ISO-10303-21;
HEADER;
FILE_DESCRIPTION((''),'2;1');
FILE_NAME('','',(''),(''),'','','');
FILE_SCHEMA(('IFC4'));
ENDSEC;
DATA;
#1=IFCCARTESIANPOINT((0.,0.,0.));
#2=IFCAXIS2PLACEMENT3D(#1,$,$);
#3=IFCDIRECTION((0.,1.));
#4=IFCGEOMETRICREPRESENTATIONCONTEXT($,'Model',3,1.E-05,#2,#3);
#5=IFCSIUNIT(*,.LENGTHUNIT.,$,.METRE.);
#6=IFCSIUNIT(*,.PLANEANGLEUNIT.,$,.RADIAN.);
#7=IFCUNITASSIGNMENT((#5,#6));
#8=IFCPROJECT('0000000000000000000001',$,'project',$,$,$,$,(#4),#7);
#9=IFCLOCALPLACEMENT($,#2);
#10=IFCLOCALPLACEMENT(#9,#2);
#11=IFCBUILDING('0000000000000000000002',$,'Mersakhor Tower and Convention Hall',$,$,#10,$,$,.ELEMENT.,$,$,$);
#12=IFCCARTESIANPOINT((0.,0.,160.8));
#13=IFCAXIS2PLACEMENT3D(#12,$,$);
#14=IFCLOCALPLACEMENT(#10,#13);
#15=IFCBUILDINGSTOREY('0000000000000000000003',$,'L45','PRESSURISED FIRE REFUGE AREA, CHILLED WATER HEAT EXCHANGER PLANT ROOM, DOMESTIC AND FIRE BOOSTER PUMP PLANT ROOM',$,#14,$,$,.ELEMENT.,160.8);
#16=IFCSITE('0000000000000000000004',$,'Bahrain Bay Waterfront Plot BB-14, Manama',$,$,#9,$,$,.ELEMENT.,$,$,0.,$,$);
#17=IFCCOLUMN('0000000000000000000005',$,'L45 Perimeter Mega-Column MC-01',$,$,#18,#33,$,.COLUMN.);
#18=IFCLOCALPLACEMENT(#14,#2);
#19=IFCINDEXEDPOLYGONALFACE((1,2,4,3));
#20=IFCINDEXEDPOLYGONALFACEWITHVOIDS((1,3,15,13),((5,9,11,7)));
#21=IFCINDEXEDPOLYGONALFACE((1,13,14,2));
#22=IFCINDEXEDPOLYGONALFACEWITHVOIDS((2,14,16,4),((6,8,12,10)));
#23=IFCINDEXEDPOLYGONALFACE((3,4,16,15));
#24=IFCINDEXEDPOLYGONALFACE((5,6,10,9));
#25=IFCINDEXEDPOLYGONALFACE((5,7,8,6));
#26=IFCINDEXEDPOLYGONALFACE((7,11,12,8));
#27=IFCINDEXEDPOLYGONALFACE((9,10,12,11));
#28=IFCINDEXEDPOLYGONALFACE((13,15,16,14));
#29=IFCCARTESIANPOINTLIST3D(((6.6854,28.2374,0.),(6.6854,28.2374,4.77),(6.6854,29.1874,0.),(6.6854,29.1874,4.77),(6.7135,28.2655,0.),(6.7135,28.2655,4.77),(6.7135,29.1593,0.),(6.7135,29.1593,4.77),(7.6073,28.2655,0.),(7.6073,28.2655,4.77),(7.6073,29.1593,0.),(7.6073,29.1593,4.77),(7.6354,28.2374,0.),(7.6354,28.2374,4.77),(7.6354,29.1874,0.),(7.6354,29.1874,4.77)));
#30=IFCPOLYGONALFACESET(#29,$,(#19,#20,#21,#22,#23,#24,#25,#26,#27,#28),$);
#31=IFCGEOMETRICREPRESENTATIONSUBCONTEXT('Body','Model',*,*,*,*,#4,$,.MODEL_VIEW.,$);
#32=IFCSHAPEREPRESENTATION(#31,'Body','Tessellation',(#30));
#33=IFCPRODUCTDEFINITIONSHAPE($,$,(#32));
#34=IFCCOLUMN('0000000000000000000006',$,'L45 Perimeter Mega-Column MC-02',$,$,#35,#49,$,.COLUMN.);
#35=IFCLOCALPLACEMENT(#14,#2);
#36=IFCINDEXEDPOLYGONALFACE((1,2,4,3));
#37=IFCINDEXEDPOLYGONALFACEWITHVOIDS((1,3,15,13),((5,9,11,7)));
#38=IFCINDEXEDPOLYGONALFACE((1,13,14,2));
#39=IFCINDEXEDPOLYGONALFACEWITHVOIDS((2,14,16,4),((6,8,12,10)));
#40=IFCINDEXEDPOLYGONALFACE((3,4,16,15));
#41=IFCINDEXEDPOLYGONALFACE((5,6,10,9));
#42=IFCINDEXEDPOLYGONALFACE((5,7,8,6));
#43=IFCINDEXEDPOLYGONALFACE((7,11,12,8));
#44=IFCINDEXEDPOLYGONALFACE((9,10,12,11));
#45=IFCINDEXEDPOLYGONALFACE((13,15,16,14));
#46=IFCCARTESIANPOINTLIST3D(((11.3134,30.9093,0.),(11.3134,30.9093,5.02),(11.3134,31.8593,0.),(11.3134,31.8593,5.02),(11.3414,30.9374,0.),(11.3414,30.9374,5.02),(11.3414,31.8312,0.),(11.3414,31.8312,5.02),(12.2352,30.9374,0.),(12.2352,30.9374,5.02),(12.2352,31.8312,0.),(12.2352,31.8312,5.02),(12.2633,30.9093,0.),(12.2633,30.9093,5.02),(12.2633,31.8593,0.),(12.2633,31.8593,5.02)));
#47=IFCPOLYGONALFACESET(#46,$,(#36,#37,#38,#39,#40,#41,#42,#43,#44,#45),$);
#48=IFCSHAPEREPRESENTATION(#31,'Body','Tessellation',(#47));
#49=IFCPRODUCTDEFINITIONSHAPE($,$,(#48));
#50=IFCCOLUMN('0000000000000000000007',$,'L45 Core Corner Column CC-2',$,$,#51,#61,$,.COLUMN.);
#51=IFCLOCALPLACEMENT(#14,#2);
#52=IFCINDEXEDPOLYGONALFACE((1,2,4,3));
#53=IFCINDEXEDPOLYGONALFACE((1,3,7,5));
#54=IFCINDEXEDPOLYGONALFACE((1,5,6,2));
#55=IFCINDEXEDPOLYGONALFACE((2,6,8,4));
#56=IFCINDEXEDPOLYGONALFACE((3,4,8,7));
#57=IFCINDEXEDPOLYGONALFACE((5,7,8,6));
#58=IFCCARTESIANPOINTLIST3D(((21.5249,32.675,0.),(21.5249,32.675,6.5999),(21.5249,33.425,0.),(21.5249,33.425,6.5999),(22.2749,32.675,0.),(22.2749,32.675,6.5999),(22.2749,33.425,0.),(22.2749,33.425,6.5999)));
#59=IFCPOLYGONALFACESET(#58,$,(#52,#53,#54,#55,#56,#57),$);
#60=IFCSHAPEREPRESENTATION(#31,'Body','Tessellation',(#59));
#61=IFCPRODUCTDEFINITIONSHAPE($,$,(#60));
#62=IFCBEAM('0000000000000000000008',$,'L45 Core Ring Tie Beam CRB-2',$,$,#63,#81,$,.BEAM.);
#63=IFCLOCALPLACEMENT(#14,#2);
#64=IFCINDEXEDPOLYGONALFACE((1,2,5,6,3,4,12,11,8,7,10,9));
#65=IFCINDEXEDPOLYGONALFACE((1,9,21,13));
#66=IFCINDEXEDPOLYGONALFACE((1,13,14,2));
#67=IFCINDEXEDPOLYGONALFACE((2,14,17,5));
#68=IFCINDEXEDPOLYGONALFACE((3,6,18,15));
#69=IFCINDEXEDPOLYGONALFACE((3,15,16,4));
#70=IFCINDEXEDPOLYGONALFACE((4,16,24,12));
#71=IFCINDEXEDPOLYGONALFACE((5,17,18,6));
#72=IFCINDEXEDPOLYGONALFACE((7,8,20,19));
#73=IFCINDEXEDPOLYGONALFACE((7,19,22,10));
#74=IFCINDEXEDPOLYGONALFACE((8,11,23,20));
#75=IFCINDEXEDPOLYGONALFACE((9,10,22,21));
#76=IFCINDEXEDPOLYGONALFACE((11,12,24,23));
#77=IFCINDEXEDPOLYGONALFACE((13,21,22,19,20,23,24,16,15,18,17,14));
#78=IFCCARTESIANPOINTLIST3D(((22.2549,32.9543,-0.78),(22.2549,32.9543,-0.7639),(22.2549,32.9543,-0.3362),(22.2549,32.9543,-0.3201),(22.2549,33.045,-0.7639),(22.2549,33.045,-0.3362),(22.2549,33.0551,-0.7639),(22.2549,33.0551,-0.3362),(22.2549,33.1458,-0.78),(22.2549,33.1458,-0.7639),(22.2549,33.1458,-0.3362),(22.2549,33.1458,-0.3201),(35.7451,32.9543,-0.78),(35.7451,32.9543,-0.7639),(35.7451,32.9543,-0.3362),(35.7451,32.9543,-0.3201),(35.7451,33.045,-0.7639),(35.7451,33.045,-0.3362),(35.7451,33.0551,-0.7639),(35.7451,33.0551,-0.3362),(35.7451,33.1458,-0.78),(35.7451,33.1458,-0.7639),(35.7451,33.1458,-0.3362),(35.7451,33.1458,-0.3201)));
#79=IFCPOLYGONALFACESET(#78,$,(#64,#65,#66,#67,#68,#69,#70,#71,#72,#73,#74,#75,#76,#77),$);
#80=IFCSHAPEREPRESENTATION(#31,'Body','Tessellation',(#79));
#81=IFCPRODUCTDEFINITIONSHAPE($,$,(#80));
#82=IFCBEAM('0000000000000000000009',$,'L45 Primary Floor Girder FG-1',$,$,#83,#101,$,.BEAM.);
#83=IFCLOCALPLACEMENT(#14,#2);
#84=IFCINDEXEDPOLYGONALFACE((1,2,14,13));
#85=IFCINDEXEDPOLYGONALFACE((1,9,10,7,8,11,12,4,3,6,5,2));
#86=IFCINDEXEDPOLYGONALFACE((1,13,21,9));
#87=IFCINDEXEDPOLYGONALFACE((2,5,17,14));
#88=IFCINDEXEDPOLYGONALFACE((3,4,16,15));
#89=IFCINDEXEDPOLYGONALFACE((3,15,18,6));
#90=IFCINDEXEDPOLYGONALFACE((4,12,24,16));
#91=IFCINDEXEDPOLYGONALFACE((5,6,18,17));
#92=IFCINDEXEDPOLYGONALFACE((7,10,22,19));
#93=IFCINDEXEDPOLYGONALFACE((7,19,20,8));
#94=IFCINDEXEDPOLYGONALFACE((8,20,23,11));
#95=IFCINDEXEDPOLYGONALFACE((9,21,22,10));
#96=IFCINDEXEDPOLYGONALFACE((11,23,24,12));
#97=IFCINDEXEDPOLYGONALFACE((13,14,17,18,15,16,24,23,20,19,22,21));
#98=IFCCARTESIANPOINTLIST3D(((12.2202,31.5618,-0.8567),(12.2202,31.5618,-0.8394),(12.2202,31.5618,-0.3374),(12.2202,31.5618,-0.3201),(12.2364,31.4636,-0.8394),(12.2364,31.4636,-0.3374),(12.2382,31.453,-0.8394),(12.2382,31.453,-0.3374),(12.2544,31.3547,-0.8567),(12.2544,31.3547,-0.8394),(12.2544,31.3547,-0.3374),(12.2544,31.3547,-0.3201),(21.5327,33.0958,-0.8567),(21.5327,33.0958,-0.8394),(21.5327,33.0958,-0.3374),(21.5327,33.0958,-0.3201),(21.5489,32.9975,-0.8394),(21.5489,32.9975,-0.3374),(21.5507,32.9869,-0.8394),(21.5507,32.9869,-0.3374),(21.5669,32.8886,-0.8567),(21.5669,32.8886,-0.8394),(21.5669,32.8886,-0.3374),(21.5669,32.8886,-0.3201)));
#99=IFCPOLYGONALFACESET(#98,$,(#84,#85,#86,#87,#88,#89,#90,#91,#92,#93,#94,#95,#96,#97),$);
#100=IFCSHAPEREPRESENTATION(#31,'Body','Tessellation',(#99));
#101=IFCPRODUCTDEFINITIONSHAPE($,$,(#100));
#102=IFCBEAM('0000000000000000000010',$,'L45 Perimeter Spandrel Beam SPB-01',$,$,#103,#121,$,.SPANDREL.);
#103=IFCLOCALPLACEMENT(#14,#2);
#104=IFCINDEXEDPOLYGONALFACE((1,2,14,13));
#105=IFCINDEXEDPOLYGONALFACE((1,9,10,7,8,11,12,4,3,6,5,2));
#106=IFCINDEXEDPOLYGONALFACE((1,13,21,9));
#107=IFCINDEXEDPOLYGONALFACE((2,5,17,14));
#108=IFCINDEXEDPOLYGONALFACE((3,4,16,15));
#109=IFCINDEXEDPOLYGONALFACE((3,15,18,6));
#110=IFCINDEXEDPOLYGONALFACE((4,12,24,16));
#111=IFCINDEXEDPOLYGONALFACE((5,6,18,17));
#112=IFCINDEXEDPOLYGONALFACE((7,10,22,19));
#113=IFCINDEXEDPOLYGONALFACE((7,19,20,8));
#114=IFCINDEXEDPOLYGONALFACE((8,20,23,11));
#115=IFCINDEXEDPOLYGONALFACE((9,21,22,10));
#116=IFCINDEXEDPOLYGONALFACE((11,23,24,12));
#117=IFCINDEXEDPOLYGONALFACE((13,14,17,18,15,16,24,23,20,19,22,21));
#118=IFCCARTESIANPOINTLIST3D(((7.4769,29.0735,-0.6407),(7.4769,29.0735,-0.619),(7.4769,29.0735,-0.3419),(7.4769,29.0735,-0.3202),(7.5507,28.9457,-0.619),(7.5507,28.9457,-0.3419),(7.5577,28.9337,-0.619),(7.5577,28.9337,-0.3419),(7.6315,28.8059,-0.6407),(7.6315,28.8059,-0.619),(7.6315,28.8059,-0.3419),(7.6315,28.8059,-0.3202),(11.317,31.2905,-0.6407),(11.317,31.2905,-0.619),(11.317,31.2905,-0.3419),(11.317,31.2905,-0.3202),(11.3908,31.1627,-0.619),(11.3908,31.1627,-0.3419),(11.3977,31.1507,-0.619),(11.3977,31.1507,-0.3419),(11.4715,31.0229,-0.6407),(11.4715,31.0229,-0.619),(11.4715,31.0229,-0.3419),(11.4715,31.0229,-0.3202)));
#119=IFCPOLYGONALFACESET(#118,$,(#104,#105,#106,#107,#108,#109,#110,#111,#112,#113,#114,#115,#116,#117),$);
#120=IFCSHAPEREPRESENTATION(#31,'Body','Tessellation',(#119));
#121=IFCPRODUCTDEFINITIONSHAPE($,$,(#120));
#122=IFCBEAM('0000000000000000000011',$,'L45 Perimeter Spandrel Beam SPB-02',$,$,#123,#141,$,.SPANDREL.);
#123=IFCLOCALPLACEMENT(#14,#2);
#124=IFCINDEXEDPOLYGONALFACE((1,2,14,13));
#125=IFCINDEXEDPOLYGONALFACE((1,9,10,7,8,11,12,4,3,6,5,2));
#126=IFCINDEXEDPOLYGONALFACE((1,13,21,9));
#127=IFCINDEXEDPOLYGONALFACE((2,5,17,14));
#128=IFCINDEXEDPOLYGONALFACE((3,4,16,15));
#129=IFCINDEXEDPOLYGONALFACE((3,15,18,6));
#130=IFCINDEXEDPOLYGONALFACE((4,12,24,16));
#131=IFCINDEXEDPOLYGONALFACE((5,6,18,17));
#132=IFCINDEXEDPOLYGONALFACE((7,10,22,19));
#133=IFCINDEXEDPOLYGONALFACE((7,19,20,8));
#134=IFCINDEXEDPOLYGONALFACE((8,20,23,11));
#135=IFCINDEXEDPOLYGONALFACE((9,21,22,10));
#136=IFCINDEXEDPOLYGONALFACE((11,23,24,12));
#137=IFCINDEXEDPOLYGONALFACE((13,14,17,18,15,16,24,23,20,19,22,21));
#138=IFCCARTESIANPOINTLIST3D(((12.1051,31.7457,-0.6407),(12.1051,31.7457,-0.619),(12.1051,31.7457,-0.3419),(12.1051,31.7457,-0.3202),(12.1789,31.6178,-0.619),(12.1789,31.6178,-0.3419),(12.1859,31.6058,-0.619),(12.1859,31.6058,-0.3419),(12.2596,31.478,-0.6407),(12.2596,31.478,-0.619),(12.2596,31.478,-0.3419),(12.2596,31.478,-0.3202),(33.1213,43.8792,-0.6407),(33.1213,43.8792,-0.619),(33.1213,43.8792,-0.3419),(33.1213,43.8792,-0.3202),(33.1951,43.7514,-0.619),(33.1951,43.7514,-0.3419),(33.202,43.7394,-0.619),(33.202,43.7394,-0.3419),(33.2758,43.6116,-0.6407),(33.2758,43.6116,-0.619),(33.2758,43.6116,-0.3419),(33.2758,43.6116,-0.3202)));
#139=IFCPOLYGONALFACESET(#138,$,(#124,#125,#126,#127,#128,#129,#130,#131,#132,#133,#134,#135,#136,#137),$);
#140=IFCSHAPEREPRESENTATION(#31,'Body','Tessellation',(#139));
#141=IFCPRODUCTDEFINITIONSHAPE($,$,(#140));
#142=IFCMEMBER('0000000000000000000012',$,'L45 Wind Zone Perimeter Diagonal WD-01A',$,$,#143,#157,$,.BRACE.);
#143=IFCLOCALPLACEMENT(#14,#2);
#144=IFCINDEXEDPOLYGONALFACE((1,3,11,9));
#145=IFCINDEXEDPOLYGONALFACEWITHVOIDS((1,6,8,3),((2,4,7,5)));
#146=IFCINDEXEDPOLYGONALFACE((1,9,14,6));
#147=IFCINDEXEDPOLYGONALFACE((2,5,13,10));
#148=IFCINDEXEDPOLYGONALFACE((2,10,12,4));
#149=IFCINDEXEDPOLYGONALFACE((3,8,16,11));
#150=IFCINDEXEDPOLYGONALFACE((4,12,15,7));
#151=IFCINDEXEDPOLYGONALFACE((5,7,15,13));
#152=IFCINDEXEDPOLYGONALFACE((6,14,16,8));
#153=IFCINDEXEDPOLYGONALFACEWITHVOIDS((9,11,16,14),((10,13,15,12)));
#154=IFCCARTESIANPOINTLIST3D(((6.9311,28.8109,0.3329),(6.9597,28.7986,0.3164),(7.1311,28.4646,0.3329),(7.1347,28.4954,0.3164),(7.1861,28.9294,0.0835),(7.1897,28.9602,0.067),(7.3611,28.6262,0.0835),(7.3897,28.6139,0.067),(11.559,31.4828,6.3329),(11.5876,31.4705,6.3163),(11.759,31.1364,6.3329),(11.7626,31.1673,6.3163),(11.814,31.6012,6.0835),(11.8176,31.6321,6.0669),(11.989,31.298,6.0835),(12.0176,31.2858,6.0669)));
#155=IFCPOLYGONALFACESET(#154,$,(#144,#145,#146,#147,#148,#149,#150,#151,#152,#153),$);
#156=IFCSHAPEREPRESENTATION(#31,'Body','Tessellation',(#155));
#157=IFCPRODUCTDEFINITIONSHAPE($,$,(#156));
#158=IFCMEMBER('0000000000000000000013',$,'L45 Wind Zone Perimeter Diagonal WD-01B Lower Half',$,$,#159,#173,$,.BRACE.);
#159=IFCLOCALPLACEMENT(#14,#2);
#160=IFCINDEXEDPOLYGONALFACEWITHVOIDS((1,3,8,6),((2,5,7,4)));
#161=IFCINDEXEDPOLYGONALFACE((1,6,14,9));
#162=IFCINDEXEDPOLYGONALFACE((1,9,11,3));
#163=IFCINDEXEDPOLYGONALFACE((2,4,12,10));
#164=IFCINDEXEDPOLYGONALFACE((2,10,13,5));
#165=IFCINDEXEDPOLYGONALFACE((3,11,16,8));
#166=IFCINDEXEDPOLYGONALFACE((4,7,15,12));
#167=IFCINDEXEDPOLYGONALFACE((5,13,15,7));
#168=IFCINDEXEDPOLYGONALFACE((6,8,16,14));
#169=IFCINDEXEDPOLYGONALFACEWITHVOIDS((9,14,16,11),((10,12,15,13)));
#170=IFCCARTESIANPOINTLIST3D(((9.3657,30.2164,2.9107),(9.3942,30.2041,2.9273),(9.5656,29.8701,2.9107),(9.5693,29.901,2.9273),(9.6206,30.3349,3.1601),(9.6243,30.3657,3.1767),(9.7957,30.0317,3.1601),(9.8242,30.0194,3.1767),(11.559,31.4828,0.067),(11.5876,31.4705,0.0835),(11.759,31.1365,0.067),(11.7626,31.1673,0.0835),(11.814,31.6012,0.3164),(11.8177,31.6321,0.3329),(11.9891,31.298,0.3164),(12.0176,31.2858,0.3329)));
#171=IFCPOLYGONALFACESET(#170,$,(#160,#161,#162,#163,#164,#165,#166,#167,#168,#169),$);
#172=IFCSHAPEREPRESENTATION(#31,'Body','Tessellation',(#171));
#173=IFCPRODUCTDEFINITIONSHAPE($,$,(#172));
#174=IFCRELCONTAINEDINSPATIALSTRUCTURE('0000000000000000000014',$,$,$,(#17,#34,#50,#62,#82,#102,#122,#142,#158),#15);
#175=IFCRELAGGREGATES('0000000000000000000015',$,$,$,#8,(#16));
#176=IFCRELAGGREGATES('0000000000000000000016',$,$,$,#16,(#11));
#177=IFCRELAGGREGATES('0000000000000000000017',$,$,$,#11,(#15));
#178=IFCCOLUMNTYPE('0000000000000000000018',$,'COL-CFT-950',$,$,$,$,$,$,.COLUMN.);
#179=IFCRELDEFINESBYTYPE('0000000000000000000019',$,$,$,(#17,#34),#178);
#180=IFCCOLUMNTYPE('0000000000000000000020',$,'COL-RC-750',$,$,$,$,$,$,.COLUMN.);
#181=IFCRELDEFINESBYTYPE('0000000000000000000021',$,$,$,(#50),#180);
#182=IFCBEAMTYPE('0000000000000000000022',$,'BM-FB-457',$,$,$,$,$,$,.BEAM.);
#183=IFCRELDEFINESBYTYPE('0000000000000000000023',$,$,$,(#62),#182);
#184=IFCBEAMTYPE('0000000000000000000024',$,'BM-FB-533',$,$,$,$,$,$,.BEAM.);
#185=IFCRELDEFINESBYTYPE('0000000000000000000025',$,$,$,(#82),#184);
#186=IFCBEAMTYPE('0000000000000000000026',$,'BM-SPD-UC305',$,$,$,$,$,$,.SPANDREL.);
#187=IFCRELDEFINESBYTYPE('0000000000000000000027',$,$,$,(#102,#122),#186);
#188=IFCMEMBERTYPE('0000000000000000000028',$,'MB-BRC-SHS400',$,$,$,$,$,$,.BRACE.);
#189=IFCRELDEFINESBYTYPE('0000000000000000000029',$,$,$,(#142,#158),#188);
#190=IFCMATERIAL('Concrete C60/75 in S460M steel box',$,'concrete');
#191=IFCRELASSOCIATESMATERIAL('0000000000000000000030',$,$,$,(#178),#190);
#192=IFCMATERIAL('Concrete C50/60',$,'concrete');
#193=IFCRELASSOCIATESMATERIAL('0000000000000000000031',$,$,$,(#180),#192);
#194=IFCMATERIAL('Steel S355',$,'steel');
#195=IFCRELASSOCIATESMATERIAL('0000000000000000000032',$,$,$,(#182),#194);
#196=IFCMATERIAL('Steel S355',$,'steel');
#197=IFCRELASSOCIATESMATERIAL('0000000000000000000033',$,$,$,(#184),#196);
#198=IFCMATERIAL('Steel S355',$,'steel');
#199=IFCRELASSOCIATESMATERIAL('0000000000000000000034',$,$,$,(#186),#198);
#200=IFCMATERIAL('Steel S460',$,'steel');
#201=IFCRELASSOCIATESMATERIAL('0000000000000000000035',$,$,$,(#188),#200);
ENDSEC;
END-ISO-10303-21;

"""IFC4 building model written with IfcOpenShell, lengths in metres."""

from ifc_helpers import new_model, si_unit, direction, frame, origin, origin_2d, place, context, subcontext, project, spatial, rectangle, hollow_rectangle, i_section, extrude, material, material_profile, profile_set, type_object, element, save


model = new_model("IFC4")

# Units and contexts
model_context = context("Model", 3, precision=1e-05, world=origin(), true_north=direction((0.0, 1.0)))
body_context = subcontext(model_context, "Body", "Model", "MODEL_VIEW")
ifc_project = project(units=[si_unit("LENGTHUNIT", "METRE"), si_unit("PLANEANGLEUNIT", "RADIAN")], contexts=[model_context])

# Site, building, storey
site_placement = place(None, origin())
site = spatial("IfcSite", under=ifc_project, at=site_placement, Name="Bahrain Bay Waterfront Plot BB-14, Manama", CompositionType="ELEMENT", RefElevation=0.0)
building_placement = place(site_placement, origin())
building = spatial("IfcBuilding", under=site, at=building_placement, Name="Mersakhor Tower and Convention Hall", CompositionType="ELEMENT")
storey_placement = place(building_placement, frame((0.0, 0.0, 160.8)))
storey = spatial("IfcBuildingStorey", under=building, at=storey_placement, Name="L45", Description="PRESSURISED FIRE REFUGE AREA, CHILLED WATER HEAT EXCHANGER PLANT ROOM, DOMESTIC AND FIRE BOOSTER PUMP PLANT ROOM", CompositionType="ELEMENT", Elevation=160.8)

# Columns
ifc_material_1 = material(Name="Concrete C60/75 in S460M steel box", Category="concrete")
ifc_material_profile_1 = material_profile(ifc_material_1, hollow_rectangle(XDim=0.95, YDim=0.95, WallThickness=0.0281, at=origin_2d()), Name="SHS 950x950x28")
ifc_profile_set_1 = profile_set([ifc_material_profile_1], Name="Concrete C60/75 in S460M steel box")
column_type_1 = type_object("IfcColumnType", Name="COL-CFT-950", PredefinedType="COLUMN", material=ifc_profile_set_1)
column_1_placement = place(storey_placement, frame((7.1604, 28.7124, 0.0), z_axis=(0.0, 0.0, 1.0), x_axis=(1.0, 0.0, 0.0)))
element("IfcColumn", 1, at=column_1_placement, inside=storey, type_object=column_type_1, Name="L45 Perimeter Mega-Column MC-01", PredefinedType="COLUMN", context=body_context, shape_type="SweptSolid", body=[
    extrude(hollow_rectangle(XDim=0.95, YDim=0.95, WallThickness=0.0281, at=origin_2d()), origin(), (0.0, 0.0, 1.0), 4.77),
])
column_2_placement = place(storey_placement, frame((11.7883, 31.3843, 0.0), z_axis=(0.0, 0.0, 1.0), x_axis=(1.0, 0.0, 0.0)))
element("IfcColumn", 2, at=column_2_placement, inside=storey, type_object=column_type_1, Name="L45 Perimeter Mega-Column MC-02", PredefinedType="COLUMN", context=body_context, shape_type="SweptSolid", body=[
    extrude(hollow_rectangle(XDim=0.95, YDim=0.95, WallThickness=0.0281, at=origin_2d()), origin(), (0.0, 0.0, 1.0), 5.02),
])
ifc_material_2 = material(Name="Concrete C50/60", Category="concrete")
ifc_material_profile_2 = material_profile(ifc_material_2, rectangle(XDim=0.75, YDim=0.75, at=origin_2d()), Name="RC 750x750")
ifc_profile_set_2 = profile_set([ifc_material_profile_2], Name="Concrete C50/60")
column_type_2 = type_object("IfcColumnType", Name="COL-RC-750", PredefinedType="COLUMN", material=ifc_profile_set_2)
column_3_placement = place(storey_placement, frame((21.8999, 33.05, 0.0), z_axis=(0.0, 0.0, 1.0), x_axis=(1.0, 0.0, 0.0)))
element("IfcColumn", 3, at=column_3_placement, inside=storey, type_object=column_type_2, Name="L45 Core Corner Column CC-2", PredefinedType="COLUMN", context=body_context, shape_type="SweptSolid", body=[
    extrude(rectangle(XDim=0.75, YDim=0.75, at=origin_2d()), origin(), (0.0, 0.0, 1.0), 6.5999),
])

# Beams
ifc_material_3 = material(Name="Steel S355", Category="steel")
ifc_material_profile_3 = material_profile(ifc_material_3, i_section(OverallWidth=0.1914, OverallDepth=0.46, WebThickness=0.01, FlangeThickness=0.0161, at=origin_2d()), Name="UB 457x191x82")
ifc_profile_set_3 = profile_set([ifc_material_profile_3], Name="Steel S355")
beam_type_1 = type_object("IfcBeamType", Name="BM-FB-457", PredefinedType="BEAM", material=ifc_profile_set_3)
beam_1_placement = place(storey_placement, frame((22.2549, 33.05, -0.55), z_axis=(1.0, 0.0, 0.0), x_axis=(0.0, 1.0, 0.0)))
element("IfcBeam", 4, at=beam_1_placement, inside=storey, type_object=beam_type_1, Name="L45 Core Ring Tie Beam CRB-2", PredefinedType="BEAM", context=body_context, shape_type="SweptSolid", body=[
    extrude(i_section(OverallWidth=0.1914, OverallDepth=0.46, WebThickness=0.01, FlangeThickness=0.0161, at=origin_2d()), origin(), (0.0, 0.0, 1.0), 13.4902),
])
ifc_material_4 = material(Name="Steel S355", Category="steel")
ifc_material_profile_4 = material_profile(ifc_material_4, i_section(OverallWidth=0.21, OverallDepth=0.5366, WebThickness=0.0107, FlangeThickness=0.0173, at=origin_2d()), Name="UB 533x210x101")
ifc_profile_set_4 = profile_set([ifc_material_profile_4], Name="Steel S355")
beam_type_2 = type_object("IfcBeamType", Name="BM-FB-533", PredefinedType="BEAM", material=ifc_profile_set_4)
beam_2_placement = place(storey_placement, frame((21.5498, 32.9922, -0.5884), z_axis=(-0.986704, -0.162528, 0.0), x_axis=(0.162528, -0.986704, 0.0)))
element("IfcBeam", 5, at=beam_2_placement, inside=storey, type_object=beam_type_2, Name="L45 Primary Floor Girder FG-1", PredefinedType="BEAM", context=body_context, shape_type="SweptSolid", body=[
    extrude(i_section(OverallWidth=0.21, OverallDepth=0.5366, WebThickness=0.0107, FlangeThickness=0.0173, at=origin_2d()), origin(), (0.0, 0.0, 1.0), 9.438),
])
ifc_material_5 = material(Name="Steel S355", Category="steel")
ifc_material_profile_5 = material_profile(ifc_material_5, i_section(OverallWidth=0.3091, OverallDepth=0.3206, WebThickness=0.0139, FlangeThickness=0.0217, at=origin_2d()), Name="UC 305x305x137")
ifc_profile_set_5 = profile_set([ifc_material_profile_5], Name="Steel S355")
beam_type_3 = type_object("IfcBeamType", Name="BM-SPD-UC305", PredefinedType="SPANDREL", material=ifc_profile_set_5)
beam_3_placement = place(storey_placement, frame((7.5542, 28.9397, -0.4805), z_axis=(0.866029, 0.499994, 0.0), x_axis=(-0.499994, 0.866029, 0.0)))
element("IfcBeam", 6, at=beam_3_placement, inside=storey, type_object=beam_type_3, Name="L45 Perimeter Spandrel Beam SPB-01", PredefinedType="SPANDREL", context=body_context, shape_type="SweptSolid", body=[
    extrude(i_section(OverallWidth=0.3091, OverallDepth=0.3206, WebThickness=0.0139, FlangeThickness=0.0217, at=origin_2d()), origin(), (0.0, 0.0, 1.0), 4.4341),
])
beam_4_placement = place(storey_placement, frame((12.1824, 31.6118, -0.4805), z_axis=(0.866027, 0.499996, 0.0), x_axis=(-0.499996, 0.866027, 0.0)))
element("IfcBeam", 7, at=beam_4_placement, inside=storey, type_object=beam_type_3, Name="L45 Perimeter Spandrel Beam SPB-02", PredefinedType="SPANDREL", context=body_context, shape_type="SweptSolid", body=[
    extrude(i_section(OverallWidth=0.3091, OverallDepth=0.3206, WebThickness=0.0139, FlangeThickness=0.0217, at=origin_2d()), origin(), (0.0, 0.0, 1.0), 24.2673),
])

# Members
ifc_material_6 = material(Name="Steel S460", Category="steel")
ifc_material_profile_6 = material_profile(ifc_material_6, hollow_rectangle(XDim=0.3999, YDim=0.3999, WallThickness=0.0249, at=origin_2d()), Name="SHS 400x400x25")
ifc_profile_set_6 = profile_set([ifc_material_profile_6], Name="Steel S460")
member_type_1 = type_object("IfcMemberType", Name="MB-BRC-SHS400", PredefinedType="BRACE", material=ifc_profile_set_6)
member_1_placement = place(storey_placement, frame((7.1604, 28.7124, 0.2), z_axis=(0.575992, 0.332541, 0.74676), x_axis=(-0.499991, 0.86603, 0.0)))
element("IfcMember", 8, at=member_1_placement, inside=storey, type_object=member_type_1, Name="L45 Wind Zone Perimeter Diagonal WD-01A", PredefinedType="BRACE", context=body_context, shape_type="SweptSolid", body=[
    extrude(hollow_rectangle(XDim=0.3999, YDim=0.3999, WallThickness=0.0249, at=origin_2d()), origin(), (0.0, 0.0, 1.0), 8.0347),
])
for number, where, z_axis, x_axis, name in (
    (9, (11.7883, 31.3843, 0.2), (-0.575977, -0.332546, 0.746769), (0.500006, -0.866022, 0.0), "L45 Wind Zone Perimeter Diagonal WD-01B Lower Half"),
):
    element("IfcMember", number, at=place(storey_placement, frame(where, z_axis=z_axis, x_axis=x_axis)), inside=storey, type_object=member_type_1, Name=name, PredefinedType="BRACE", context=body_context, shape_type="SweptSolid", body=[
        extrude(hollow_rectangle(XDim=0.3999, YDim=0.3999, WallThickness=0.0249, at=origin_2d()), origin(), (0.0, 0.0, 1.0), 3.8081),
    ])

save(model, "model.ifc")
